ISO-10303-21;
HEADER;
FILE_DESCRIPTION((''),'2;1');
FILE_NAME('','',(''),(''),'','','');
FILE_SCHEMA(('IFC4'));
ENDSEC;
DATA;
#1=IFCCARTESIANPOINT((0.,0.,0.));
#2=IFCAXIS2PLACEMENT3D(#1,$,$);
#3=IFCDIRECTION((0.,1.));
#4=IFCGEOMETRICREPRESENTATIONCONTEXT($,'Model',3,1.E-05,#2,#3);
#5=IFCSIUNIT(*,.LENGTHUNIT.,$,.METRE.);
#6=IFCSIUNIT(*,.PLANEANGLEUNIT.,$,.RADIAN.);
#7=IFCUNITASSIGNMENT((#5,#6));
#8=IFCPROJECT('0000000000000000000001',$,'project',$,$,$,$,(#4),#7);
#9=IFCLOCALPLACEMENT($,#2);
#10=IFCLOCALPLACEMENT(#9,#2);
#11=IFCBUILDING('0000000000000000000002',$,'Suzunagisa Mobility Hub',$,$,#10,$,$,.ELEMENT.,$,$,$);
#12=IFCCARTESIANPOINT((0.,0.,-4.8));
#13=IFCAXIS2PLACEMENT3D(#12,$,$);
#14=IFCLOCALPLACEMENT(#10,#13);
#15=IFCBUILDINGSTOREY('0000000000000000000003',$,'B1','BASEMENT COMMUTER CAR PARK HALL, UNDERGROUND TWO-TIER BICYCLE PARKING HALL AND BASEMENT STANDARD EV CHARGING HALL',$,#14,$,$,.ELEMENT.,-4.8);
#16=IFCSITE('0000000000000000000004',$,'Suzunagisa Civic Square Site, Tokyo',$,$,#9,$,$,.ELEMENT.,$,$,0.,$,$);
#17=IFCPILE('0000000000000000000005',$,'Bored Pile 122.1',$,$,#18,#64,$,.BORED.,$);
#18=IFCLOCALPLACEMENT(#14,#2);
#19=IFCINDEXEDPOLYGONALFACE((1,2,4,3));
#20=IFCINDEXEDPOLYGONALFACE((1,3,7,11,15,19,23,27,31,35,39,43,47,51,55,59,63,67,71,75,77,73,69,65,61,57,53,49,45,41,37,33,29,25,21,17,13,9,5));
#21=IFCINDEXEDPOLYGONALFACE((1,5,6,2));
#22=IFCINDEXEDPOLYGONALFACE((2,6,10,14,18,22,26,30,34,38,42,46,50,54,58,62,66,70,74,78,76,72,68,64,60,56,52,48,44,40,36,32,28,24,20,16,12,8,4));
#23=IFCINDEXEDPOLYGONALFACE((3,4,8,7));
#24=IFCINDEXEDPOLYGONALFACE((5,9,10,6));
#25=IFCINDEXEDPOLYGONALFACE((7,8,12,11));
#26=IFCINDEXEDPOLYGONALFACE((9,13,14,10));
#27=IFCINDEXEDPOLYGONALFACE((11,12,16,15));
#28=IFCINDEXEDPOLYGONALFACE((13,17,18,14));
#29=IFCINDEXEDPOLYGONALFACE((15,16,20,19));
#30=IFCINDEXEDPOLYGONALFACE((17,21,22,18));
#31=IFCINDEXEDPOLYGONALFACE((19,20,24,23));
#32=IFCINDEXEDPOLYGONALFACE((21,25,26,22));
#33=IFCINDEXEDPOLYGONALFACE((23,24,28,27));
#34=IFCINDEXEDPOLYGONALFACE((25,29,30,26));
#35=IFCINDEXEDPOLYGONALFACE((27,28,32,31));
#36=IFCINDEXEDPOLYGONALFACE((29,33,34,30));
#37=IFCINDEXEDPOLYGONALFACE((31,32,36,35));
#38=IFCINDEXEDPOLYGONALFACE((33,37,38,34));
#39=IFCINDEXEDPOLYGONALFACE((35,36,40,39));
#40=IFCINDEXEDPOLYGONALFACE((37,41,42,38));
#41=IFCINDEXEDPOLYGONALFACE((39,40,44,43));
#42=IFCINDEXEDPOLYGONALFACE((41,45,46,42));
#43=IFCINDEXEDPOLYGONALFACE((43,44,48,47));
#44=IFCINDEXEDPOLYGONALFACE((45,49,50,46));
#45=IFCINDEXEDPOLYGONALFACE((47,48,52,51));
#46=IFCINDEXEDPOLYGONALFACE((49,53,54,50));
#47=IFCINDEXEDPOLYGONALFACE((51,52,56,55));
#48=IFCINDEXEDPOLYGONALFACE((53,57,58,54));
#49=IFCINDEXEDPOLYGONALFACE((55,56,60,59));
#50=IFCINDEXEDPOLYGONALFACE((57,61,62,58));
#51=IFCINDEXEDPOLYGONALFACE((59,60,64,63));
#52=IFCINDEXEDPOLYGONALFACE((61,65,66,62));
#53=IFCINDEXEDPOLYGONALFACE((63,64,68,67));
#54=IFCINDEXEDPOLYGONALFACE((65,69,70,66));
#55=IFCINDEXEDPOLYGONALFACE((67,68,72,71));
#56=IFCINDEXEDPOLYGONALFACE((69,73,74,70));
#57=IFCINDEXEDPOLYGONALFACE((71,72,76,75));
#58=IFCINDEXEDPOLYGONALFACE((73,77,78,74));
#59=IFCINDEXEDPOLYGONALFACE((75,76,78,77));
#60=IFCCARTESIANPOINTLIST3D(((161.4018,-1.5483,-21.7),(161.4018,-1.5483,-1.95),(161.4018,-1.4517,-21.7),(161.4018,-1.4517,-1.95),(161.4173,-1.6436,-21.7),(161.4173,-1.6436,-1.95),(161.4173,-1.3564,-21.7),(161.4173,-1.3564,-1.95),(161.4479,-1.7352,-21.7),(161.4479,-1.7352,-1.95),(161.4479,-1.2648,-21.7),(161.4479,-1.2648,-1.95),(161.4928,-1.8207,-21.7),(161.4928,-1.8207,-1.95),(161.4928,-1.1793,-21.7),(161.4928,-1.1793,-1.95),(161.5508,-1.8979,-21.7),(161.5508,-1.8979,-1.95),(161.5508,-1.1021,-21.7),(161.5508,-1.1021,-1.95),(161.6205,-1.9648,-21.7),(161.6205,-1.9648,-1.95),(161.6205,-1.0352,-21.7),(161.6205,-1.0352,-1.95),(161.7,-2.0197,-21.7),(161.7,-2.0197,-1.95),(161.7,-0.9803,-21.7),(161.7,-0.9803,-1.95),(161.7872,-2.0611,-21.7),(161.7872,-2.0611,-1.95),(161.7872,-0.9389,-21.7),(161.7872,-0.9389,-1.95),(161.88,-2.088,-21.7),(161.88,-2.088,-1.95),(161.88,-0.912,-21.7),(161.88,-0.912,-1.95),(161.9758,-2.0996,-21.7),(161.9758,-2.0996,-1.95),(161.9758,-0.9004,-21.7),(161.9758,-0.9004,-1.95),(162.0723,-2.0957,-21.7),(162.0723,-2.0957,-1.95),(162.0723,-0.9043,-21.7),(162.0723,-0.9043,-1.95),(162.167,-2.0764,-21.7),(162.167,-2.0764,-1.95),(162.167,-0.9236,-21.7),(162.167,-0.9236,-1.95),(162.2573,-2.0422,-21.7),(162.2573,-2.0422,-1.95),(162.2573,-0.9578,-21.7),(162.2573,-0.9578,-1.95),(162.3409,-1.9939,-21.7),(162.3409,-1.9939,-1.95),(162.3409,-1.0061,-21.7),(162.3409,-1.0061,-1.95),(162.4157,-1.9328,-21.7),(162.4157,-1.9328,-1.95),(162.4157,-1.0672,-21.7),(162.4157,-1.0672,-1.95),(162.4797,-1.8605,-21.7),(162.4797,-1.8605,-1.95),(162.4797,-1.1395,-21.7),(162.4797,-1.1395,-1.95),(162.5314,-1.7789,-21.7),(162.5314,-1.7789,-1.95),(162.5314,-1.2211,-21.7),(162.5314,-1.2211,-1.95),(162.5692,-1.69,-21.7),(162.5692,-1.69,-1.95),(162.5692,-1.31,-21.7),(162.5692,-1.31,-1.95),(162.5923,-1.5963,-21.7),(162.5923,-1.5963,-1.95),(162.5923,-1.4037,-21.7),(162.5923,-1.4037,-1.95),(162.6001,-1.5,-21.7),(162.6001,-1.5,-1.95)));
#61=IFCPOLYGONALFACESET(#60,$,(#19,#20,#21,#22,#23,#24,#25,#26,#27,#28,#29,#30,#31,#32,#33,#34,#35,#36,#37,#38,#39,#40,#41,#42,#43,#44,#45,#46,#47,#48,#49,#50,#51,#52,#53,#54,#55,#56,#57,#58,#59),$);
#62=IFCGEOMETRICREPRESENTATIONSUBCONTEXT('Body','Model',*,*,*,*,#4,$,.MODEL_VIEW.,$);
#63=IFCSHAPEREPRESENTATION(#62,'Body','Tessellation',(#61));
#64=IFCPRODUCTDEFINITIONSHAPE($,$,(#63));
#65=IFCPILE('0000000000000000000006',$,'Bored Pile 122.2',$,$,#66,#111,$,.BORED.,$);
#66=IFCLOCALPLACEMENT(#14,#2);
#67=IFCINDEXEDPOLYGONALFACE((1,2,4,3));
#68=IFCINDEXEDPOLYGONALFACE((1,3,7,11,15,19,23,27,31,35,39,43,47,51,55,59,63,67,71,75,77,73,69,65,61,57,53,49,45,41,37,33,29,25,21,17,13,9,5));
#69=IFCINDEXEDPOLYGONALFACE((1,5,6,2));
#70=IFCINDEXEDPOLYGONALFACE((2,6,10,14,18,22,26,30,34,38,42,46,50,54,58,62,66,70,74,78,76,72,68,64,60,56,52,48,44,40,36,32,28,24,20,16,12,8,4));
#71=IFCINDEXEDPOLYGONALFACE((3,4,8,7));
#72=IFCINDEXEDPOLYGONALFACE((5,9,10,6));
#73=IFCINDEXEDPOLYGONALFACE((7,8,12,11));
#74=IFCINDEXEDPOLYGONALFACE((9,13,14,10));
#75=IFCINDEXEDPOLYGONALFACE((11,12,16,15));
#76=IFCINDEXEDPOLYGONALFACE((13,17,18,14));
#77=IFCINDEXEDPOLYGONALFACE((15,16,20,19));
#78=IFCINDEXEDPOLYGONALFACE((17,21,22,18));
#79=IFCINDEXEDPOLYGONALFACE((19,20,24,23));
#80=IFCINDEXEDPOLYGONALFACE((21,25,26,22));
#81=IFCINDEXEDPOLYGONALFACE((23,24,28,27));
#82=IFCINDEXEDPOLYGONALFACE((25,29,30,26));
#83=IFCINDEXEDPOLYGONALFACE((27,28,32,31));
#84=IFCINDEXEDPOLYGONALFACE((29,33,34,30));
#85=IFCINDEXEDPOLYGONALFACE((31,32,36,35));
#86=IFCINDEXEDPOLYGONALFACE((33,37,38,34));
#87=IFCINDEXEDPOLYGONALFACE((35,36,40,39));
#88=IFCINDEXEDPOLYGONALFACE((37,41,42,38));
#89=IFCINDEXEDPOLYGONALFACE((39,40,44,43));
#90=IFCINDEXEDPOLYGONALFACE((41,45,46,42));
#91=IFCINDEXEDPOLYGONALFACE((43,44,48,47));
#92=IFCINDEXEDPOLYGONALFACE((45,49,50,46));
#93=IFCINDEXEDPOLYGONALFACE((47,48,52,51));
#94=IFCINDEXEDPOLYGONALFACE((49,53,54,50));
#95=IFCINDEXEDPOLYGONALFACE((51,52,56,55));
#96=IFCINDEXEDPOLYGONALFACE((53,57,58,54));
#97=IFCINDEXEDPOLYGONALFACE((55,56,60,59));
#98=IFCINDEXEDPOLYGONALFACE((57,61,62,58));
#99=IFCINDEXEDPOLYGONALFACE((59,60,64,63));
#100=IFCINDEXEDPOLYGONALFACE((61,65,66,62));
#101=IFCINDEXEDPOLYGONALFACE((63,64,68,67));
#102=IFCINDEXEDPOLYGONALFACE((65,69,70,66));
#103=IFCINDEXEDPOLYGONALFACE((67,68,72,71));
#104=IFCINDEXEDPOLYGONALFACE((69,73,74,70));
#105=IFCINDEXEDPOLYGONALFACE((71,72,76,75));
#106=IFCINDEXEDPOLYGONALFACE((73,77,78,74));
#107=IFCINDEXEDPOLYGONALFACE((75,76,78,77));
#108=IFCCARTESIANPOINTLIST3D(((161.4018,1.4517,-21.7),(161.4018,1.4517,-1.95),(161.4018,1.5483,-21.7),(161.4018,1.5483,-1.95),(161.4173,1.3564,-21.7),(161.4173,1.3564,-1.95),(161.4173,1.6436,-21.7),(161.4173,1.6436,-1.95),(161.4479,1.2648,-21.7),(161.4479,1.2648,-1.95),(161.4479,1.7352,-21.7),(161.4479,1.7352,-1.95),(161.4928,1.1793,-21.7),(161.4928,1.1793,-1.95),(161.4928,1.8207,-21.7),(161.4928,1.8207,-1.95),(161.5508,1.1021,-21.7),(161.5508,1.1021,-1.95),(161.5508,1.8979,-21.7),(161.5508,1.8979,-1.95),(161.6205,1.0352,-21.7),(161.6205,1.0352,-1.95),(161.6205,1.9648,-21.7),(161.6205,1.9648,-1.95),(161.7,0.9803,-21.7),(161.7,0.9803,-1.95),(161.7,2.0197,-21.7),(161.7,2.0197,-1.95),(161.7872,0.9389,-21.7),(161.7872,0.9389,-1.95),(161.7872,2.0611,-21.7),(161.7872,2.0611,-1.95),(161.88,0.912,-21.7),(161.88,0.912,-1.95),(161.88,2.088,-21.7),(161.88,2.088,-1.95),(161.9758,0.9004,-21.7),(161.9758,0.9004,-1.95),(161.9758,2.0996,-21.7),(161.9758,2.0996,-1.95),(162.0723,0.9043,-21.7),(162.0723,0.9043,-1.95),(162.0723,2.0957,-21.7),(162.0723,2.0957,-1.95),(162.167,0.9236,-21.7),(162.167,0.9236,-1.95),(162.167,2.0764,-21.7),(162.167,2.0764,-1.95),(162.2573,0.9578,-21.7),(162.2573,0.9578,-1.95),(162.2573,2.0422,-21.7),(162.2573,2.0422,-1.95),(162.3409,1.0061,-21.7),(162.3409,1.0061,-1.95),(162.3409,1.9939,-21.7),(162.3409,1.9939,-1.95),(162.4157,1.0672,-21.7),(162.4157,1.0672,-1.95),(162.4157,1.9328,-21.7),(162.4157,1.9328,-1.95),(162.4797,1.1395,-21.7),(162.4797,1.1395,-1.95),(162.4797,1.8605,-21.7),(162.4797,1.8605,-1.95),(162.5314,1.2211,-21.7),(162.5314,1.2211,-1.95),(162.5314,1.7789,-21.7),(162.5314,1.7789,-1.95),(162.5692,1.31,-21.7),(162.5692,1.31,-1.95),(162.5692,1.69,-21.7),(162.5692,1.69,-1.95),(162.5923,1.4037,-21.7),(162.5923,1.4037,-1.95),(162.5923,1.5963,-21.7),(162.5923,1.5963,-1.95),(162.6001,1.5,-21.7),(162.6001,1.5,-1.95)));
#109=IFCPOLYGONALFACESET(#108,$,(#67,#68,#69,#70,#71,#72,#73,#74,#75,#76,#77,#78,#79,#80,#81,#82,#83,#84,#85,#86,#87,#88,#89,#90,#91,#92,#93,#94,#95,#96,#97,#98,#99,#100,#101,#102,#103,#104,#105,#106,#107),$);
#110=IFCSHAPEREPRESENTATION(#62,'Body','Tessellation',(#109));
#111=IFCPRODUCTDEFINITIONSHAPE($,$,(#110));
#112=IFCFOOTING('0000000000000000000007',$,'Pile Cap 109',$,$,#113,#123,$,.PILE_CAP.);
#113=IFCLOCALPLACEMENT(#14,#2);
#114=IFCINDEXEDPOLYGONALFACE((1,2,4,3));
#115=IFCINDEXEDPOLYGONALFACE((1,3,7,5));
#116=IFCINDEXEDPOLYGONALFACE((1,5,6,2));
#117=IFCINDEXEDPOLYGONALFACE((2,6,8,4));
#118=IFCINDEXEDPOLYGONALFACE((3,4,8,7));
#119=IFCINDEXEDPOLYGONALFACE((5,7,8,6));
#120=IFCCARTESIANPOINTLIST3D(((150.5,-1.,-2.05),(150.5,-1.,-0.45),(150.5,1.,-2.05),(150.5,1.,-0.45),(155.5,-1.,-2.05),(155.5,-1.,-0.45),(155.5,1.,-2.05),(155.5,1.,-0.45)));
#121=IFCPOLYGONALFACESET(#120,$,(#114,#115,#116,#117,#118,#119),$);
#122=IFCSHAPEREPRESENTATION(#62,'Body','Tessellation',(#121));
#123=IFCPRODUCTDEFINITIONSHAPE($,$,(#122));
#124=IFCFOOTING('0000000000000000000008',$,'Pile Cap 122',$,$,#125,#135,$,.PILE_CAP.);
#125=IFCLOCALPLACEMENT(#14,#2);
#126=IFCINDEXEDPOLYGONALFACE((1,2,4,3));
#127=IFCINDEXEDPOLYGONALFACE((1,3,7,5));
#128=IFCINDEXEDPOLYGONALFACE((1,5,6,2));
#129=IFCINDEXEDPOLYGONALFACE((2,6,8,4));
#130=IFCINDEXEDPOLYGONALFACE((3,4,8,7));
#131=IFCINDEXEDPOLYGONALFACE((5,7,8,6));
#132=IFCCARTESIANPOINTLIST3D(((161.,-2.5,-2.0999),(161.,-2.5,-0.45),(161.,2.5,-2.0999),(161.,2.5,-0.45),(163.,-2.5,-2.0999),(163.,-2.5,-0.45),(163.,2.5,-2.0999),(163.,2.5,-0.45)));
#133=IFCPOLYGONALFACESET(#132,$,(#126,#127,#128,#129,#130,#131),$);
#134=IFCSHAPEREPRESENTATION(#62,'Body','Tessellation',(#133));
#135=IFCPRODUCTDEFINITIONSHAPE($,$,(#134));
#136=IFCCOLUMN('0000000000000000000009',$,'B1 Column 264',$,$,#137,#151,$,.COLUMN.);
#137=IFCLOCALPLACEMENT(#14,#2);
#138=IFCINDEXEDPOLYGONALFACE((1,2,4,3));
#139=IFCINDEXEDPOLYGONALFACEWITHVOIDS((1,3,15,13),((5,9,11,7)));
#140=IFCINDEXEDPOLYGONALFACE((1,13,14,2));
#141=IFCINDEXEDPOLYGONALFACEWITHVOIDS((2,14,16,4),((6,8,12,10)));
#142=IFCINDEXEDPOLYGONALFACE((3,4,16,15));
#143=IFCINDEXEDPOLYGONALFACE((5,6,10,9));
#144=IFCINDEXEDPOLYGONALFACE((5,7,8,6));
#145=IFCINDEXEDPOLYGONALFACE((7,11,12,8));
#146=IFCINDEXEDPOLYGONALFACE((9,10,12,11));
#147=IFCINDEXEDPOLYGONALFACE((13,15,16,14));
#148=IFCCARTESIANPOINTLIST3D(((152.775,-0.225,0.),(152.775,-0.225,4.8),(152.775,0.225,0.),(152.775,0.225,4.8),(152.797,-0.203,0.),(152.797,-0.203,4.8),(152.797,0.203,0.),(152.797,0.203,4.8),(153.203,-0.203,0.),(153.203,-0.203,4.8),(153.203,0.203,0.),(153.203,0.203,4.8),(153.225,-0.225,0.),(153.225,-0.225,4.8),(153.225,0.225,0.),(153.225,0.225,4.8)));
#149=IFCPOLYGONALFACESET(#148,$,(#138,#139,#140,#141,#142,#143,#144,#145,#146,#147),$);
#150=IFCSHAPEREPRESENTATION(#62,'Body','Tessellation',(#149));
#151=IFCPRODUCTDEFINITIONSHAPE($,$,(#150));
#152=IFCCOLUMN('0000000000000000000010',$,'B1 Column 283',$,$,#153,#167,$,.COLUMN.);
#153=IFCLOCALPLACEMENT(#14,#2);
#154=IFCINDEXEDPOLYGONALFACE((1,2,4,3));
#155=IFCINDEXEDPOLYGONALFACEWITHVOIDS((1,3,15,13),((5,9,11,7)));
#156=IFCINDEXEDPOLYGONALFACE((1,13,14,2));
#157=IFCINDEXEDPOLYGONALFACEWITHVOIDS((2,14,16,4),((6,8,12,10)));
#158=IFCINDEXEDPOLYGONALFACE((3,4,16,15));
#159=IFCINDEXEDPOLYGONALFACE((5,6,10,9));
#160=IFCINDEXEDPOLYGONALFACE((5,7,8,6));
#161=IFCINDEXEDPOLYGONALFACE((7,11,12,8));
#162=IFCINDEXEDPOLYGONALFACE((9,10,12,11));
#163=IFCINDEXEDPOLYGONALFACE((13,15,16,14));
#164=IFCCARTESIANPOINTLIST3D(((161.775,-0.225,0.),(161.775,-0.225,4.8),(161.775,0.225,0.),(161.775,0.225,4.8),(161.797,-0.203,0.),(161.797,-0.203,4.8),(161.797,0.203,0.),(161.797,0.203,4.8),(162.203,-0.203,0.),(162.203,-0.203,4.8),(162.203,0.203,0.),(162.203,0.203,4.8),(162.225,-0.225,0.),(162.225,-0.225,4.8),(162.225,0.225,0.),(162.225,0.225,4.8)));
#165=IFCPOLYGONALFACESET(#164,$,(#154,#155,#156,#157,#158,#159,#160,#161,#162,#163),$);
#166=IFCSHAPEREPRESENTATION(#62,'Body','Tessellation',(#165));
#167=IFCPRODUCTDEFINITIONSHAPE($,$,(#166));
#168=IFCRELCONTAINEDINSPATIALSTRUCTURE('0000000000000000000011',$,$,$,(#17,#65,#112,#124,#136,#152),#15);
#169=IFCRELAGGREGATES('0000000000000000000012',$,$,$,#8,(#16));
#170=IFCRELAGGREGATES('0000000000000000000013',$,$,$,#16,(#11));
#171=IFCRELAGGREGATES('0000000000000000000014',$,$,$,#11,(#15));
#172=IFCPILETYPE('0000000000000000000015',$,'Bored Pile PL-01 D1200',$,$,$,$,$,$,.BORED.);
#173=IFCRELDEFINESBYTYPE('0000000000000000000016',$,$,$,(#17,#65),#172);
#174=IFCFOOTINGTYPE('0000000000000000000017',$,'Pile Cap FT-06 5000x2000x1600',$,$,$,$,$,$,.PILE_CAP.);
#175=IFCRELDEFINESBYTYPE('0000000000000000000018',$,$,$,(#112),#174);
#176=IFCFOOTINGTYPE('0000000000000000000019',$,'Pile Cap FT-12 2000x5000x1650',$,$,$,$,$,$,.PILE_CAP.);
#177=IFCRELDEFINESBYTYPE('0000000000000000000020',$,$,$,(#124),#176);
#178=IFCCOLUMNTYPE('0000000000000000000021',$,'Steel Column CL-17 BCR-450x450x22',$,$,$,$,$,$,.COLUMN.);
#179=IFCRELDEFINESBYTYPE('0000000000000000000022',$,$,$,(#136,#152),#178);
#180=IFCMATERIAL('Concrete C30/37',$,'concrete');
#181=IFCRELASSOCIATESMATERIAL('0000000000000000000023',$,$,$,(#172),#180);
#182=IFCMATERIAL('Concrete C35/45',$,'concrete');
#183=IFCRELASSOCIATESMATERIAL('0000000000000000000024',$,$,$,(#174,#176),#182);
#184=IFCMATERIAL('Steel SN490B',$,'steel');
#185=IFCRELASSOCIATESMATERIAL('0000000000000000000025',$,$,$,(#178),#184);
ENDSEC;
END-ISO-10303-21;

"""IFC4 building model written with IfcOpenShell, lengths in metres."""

from ifc_helpers import new_model, si_unit, direction, frame, origin, origin_2d, place, context, subcontext, project, spatial, rectangle, hollow_rectangle, circle, extrude, material, material_profile, profile_set, type_object, element, save


model = new_model("IFC4")

# Units and contexts
model_context = context("Model", 3, precision=1e-05, world=origin(), true_north=direction((0.0, 1.0)))
body_context = subcontext(model_context, "Body", "Model", "MODEL_VIEW")
ifc_project = project(units=[si_unit("LENGTHUNIT", "METRE"), si_unit("PLANEANGLEUNIT", "RADIAN")], contexts=[model_context])

# Site, building, storey
site_placement = place(None, origin())
site = spatial("IfcSite", under=ifc_project, at=site_placement, Name="Suzunagisa Civic Square Site, Tokyo", CompositionType="ELEMENT", RefElevation=0.0)
building_placement = place(site_placement, origin())
building = spatial("IfcBuilding", under=site, at=building_placement, Name="Suzunagisa Mobility Hub", CompositionType="ELEMENT")
storey_placement = place(building_placement, frame((0.0, 0.0, -4.8)))
storey = spatial("IfcBuildingStorey", under=building, at=storey_placement, Name="B1", Description="BASEMENT COMMUTER CAR PARK HALL, UNDERGROUND TWO-TIER BICYCLE PARKING HALL AND BASEMENT STANDARD EV CHARGING HALL", CompositionType="ELEMENT", Elevation=-4.8)

# Piles
ifc_material_1 = material(Name="Concrete C30/37", Category="concrete")
ifc_material_profile_1 = material_profile(ifc_material_1, circle(Radius=0.6001, at=origin_2d()), Name="BORED PILE D1200")
ifc_profile_set_1 = profile_set([ifc_material_profile_1], Name="Concrete C30/37")
pile_type = type_object("IfcPileType", Name="Bored Pile PL-01 D1200", PredefinedType="BORED", material=ifc_profile_set_1)
for number, where, z_axis, x_axis, name in (
    (1, (162.0, -1.5, -1.95), (0.0, 0.0, -1.0), (1.0, 0.0, 0.0), "Bored Pile 122.1"),
    (2, (162.0, 1.5, -1.95), (0.0, 0.0, -1.0), (1.0, 0.0, 0.0), "Bored Pile 122.2"),
):
    element("IfcPile", number, at=place(storey_placement, frame(where, z_axis=z_axis, x_axis=x_axis)), inside=storey, type_object=pile_type, Name=name, PredefinedType="BORED", context=body_context, shape_type="SweptSolid", body=[
        extrude(circle(Radius=0.6001, at=origin_2d()), origin(), (0.0, 0.0, 1.0), 19.75),
    ])

# Footings
ifc_material_2 = material(Name="Concrete C35/45", Category="concrete")
footing_type_1 = type_object("IfcFootingType", Name="Pile Cap FT-06 5000x2000x1600", PredefinedType="PILE_CAP", material=ifc_material_2)
footing_1_placement = place(storey_placement, frame((153.0, 0.0, -2.05), z_axis=(0.0, 0.0, 1.0), x_axis=(1.0, 0.0, 0.0)))
element("IfcFooting", 3, at=footing_1_placement, inside=storey, type_object=footing_type_1, Name="Pile Cap 109", PredefinedType="PILE_CAP", context=body_context, shape_type="SweptSolid", body=[
    extrude(rectangle(XDim=5.0, YDim=2.0, at=origin_2d()), origin(), (0.0, 0.0, 1.0), 1.6001),
])
footing_type_2 = type_object("IfcFootingType", Name="Pile Cap FT-12 2000x5000x1650", PredefinedType="PILE_CAP", material=ifc_material_2)
footing_2_placement = place(storey_placement, frame((162.0, 0.0, -2.0999), z_axis=(0.0, 0.0, 1.0), x_axis=(1.0, 0.0, 0.0)))
element("IfcFooting", 4, at=footing_2_placement, inside=storey, type_object=footing_type_2, Name="Pile Cap 122", PredefinedType="PILE_CAP", context=body_context, shape_type="SweptSolid", body=[
    extrude(rectangle(XDim=2.0, YDim=5.0, at=origin_2d()), origin(), (0.0, 0.0, 1.0), 1.6499),
])

# Columns
ifc_material_3 = material(Name="Steel SN490B", Category="steel")
ifc_material_profile_2 = material_profile(ifc_material_3, hollow_rectangle(XDim=0.45, YDim=0.45, WallThickness=0.022, at=origin_2d()), Name="BCR-450x450x22")
ifc_profile_set_2 = profile_set([ifc_material_profile_2], Name="Steel SN490B")
column_type = type_object("IfcColumnType", Name="Steel Column CL-17 BCR-450x450x22", PredefinedType="COLUMN", material=ifc_profile_set_2)
for number, where, z_axis, x_axis, name in (
    (5, (153.0, 0.0, 0.0), (0.0, 0.0, 1.0), (1.0, 0.0, 0.0), "B1 Column 264"),
    (6, (162.0, 0.0, 0.0), (0.0, 0.0, 1.0), (1.0, 0.0, 0.0), "B1 Column 283"),
):
    element("IfcColumn", number, at=place(storey_placement, frame(where, z_axis=z_axis, x_axis=x_axis)), inside=storey, type_object=column_type, Name=name, PredefinedType="COLUMN", context=body_context, shape_type="SweptSolid", body=[
        extrude(hollow_rectangle(XDim=0.45, YDim=0.45, WallThickness=0.022, at=origin_2d()), origin(), (0.0, 0.0, 1.0), 4.8),
    ])

save(model, "model.ifc")
